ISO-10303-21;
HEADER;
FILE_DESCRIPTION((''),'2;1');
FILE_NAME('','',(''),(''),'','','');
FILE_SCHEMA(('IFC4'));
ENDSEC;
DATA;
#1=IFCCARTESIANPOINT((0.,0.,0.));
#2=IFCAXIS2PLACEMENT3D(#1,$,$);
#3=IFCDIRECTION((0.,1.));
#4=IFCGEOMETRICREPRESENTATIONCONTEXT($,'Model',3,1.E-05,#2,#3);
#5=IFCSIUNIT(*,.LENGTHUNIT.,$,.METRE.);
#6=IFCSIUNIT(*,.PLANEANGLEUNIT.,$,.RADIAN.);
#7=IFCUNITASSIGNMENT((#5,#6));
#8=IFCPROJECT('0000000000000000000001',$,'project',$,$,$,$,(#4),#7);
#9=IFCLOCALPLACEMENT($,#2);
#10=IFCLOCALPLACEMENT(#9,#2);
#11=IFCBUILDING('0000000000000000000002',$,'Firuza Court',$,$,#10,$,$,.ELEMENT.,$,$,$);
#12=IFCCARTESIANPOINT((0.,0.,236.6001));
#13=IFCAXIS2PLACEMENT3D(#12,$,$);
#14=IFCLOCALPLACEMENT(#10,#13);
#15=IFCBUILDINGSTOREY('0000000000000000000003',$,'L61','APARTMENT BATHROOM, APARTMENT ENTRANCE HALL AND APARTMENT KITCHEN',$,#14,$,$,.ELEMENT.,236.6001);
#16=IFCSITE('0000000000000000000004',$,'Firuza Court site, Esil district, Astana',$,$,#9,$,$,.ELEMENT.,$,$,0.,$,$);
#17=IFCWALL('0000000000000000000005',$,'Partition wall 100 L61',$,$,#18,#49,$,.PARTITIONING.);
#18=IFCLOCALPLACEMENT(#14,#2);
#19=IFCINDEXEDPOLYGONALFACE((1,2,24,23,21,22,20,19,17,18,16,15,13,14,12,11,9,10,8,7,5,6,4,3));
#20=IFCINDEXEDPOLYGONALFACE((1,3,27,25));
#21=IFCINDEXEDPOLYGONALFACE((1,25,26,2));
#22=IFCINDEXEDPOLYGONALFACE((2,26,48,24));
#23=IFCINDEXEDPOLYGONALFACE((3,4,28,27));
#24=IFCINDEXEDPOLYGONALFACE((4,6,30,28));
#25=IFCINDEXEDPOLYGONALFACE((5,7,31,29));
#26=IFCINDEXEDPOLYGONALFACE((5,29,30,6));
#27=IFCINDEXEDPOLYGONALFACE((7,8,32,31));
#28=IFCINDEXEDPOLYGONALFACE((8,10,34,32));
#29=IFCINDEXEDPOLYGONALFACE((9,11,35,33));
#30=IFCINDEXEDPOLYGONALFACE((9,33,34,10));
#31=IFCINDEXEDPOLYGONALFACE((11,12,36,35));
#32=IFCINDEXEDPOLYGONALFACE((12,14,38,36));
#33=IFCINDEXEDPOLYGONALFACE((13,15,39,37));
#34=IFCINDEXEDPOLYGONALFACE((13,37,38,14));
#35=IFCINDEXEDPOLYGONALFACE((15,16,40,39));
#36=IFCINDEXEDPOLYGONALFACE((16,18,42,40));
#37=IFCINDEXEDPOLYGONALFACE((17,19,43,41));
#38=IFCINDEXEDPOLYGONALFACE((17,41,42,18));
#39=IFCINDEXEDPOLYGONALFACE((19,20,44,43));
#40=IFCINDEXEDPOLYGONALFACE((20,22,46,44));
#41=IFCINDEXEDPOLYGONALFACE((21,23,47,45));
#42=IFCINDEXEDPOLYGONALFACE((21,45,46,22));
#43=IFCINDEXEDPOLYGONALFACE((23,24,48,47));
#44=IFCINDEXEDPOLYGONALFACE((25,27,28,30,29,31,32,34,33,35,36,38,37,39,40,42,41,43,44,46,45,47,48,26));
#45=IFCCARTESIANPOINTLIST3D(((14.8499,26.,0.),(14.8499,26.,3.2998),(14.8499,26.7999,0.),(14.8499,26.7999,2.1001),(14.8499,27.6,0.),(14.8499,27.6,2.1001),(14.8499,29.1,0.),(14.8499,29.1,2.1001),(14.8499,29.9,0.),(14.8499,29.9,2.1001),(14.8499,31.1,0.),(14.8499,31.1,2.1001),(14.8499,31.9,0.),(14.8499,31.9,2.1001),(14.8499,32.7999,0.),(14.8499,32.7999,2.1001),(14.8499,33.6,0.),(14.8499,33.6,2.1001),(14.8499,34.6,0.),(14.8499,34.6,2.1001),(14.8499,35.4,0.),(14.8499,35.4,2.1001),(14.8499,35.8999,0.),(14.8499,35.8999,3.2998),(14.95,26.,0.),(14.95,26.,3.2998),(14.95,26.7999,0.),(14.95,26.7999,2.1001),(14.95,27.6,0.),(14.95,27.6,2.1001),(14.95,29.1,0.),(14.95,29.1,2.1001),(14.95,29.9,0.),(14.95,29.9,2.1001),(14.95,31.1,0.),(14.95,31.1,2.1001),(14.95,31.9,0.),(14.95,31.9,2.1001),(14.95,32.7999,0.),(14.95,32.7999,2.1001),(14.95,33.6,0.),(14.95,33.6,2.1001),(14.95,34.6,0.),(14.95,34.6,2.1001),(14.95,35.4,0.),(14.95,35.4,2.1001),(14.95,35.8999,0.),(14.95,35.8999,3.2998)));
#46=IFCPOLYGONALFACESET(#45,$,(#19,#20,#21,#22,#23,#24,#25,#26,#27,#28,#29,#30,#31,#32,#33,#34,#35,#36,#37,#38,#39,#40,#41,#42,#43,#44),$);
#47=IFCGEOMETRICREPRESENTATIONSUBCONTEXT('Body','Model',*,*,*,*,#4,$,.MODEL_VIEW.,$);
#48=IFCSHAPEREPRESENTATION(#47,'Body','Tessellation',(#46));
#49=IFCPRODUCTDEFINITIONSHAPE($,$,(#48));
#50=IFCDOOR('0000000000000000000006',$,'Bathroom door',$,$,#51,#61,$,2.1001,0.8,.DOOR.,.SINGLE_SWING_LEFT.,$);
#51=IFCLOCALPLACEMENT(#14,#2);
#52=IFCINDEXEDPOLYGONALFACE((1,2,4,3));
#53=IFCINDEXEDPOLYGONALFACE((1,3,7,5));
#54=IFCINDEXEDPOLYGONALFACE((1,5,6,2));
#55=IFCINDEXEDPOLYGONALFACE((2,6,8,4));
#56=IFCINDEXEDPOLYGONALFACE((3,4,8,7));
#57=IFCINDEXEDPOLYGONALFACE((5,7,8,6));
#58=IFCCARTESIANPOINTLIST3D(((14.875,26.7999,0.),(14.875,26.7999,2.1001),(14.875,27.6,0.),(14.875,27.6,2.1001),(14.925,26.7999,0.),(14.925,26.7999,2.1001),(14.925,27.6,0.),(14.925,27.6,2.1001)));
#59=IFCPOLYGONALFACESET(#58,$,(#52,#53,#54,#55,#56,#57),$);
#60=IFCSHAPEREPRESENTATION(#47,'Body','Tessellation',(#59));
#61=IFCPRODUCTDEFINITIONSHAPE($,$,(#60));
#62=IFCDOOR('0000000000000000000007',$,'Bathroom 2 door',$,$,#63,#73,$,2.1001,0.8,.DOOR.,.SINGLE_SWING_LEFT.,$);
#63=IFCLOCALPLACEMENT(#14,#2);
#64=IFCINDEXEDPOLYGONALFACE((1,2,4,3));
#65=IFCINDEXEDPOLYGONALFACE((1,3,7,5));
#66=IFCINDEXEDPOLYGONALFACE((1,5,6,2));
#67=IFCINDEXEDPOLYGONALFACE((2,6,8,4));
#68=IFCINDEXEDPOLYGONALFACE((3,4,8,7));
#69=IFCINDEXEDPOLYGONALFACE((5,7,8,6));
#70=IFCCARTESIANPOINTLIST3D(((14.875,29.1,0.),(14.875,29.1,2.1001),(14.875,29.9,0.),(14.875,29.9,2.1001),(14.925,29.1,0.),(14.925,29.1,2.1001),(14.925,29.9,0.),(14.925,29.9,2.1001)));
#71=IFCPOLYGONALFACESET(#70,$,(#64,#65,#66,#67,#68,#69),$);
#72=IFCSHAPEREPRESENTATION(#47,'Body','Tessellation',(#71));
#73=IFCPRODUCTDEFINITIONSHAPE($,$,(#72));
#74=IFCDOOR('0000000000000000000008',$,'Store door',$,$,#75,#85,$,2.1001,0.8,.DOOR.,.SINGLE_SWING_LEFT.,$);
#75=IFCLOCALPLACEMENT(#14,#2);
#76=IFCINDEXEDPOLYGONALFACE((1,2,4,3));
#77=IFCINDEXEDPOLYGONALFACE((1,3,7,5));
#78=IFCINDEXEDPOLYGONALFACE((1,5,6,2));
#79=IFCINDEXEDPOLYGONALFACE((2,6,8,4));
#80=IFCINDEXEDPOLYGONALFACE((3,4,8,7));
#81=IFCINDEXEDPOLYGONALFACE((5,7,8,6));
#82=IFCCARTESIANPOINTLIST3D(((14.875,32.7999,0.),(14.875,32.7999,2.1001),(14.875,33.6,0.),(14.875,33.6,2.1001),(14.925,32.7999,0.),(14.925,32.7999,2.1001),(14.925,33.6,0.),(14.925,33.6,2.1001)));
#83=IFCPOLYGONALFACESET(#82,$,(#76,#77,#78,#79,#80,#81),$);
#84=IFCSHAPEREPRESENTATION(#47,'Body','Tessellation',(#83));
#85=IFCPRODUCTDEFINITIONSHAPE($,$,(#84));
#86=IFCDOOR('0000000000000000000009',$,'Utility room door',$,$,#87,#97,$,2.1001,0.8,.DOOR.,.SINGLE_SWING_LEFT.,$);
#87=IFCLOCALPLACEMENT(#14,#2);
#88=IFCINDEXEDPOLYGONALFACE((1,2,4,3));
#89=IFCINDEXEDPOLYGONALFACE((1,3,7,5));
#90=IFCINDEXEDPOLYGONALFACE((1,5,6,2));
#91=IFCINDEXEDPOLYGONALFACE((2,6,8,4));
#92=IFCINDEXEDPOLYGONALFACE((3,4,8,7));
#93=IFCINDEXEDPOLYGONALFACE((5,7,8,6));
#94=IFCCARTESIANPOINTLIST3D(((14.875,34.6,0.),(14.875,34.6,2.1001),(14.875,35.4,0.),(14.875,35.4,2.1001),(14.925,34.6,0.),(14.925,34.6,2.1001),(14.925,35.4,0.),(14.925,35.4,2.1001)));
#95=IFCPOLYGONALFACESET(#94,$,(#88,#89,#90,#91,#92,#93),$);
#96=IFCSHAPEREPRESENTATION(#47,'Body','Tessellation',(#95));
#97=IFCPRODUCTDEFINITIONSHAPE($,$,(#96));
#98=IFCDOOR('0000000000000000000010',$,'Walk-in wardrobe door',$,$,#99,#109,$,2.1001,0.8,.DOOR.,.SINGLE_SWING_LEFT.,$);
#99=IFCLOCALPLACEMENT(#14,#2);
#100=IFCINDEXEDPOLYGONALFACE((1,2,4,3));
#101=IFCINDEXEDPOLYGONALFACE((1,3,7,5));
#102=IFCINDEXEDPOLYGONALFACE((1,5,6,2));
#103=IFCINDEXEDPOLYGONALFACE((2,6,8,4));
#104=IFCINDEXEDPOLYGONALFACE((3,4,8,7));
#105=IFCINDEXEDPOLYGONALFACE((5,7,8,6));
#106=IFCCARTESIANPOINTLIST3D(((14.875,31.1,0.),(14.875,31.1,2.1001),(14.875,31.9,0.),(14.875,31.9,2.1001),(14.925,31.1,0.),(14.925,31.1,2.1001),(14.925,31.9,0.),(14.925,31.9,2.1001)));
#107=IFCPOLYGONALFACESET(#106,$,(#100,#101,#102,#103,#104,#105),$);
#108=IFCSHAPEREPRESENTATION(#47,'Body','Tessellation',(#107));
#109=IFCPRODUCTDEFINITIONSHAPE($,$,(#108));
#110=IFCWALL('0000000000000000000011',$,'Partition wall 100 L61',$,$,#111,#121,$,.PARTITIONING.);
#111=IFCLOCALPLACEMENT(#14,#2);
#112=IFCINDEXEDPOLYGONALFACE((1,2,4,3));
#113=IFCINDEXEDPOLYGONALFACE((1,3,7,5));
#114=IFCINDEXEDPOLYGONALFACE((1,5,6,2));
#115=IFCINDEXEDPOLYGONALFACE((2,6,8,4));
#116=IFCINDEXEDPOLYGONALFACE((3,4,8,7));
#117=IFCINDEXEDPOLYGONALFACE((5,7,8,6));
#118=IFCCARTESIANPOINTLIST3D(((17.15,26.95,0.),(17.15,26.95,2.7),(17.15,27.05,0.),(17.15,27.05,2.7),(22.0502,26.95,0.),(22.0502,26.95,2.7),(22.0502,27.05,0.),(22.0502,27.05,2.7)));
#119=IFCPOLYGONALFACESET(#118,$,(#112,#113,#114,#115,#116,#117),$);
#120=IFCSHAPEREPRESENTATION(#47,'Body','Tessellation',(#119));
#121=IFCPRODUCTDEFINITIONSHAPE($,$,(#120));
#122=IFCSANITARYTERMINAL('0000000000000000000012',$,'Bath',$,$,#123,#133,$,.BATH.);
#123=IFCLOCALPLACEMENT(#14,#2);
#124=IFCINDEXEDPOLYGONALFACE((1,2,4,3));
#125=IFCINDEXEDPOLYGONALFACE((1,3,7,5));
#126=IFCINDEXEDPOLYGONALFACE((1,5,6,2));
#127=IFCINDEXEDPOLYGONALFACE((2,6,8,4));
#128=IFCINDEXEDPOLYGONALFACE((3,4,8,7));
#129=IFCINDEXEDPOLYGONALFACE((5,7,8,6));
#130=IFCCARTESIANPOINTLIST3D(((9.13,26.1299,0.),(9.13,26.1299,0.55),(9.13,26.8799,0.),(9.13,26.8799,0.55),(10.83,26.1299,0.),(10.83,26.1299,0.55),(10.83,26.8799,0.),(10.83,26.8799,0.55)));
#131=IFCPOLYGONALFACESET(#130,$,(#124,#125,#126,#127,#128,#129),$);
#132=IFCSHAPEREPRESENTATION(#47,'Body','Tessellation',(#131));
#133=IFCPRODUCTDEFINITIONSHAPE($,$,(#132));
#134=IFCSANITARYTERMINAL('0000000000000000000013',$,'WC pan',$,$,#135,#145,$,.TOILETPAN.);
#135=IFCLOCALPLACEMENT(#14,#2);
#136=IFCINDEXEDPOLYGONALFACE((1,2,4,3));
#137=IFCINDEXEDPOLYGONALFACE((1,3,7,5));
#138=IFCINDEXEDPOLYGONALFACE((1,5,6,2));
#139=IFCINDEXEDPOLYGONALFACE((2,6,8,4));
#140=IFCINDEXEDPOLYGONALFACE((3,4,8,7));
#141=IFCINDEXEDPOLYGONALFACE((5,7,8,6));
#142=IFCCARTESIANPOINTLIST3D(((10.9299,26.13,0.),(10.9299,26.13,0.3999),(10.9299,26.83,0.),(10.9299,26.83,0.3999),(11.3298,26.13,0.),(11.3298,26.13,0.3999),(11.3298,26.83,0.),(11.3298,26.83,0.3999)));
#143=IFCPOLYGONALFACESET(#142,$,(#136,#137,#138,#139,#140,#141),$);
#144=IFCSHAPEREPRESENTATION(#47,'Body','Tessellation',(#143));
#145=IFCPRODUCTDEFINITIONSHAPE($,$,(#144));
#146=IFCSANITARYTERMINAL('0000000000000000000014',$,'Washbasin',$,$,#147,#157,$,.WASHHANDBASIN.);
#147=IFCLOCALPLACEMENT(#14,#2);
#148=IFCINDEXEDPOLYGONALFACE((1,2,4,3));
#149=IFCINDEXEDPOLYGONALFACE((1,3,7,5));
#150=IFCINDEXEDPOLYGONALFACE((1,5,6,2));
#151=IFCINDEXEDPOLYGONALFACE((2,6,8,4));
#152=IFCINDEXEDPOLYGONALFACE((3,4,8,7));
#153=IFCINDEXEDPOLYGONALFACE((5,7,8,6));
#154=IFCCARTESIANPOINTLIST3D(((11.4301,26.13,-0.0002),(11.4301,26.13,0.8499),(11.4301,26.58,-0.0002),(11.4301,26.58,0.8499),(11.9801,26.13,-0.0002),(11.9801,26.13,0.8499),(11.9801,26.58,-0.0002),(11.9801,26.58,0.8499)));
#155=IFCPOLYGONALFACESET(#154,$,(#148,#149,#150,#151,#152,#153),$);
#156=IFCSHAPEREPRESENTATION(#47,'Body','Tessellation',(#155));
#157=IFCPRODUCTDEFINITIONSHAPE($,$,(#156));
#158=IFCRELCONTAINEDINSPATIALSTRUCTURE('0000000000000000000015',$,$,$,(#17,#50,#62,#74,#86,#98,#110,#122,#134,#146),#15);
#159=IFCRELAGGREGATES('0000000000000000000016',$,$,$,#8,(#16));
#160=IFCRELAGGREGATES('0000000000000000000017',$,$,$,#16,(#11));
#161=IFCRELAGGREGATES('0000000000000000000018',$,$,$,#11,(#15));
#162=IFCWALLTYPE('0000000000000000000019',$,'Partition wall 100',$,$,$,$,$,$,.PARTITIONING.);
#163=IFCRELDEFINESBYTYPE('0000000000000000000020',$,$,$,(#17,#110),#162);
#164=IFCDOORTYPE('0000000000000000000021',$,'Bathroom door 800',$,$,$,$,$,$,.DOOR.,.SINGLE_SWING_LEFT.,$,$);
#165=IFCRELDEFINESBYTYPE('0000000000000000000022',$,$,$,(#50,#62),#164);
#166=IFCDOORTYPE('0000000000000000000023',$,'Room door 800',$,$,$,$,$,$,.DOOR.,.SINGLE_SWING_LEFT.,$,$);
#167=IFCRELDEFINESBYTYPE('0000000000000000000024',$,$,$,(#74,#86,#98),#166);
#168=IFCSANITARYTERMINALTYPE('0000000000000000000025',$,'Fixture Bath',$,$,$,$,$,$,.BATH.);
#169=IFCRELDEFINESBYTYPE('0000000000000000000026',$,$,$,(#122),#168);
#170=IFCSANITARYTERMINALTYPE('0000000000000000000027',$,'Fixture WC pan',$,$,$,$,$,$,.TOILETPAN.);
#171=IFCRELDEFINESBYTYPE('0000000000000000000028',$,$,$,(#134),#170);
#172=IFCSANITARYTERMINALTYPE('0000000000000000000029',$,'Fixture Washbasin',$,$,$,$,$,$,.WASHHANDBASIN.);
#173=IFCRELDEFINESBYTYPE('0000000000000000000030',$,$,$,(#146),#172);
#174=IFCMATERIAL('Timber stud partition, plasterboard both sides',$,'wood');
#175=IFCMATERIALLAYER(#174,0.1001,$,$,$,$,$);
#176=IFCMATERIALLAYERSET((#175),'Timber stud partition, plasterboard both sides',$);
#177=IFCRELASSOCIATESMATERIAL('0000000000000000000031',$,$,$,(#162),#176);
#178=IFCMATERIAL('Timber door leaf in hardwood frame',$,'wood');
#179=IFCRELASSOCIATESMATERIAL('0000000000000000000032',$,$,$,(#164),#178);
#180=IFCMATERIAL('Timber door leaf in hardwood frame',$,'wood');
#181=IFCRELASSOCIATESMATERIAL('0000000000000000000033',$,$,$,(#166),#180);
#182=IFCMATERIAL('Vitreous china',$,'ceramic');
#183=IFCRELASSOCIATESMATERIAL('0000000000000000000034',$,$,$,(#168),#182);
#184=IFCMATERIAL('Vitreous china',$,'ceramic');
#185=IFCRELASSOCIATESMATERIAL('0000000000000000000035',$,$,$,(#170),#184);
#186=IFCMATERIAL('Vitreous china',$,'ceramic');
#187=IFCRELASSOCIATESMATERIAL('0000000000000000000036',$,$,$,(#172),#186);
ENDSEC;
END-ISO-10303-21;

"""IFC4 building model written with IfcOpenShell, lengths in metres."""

from ifc_helpers import new_model, si_unit, direction, frame, frame_2d, origin, origin_2d, place, context, subcontext, project, spatial, rectangle, extrude, material, layer, layer_set, type_object, element, fill, save


model = new_model("IFC4")

# Units and contexts
model_context = context("Model", 3, precision=1e-05, world=origin(), true_north=direction((0.0, 1.0)))
body_context = subcontext(model_context, "Body", "Model", "MODEL_VIEW")
ifc_project = project(units=[si_unit("LENGTHUNIT", "METRE"), si_unit("PLANEANGLEUNIT", "RADIAN")], contexts=[model_context])

# Site, building, storey
site_placement = place(None, origin())
site = spatial("IfcSite", under=ifc_project, at=site_placement, Name="Firuza Court site, Esil district, Astana", CompositionType="ELEMENT", RefElevation=0.0)
building_placement = place(site_placement, origin())
building = spatial("IfcBuilding", under=site, at=building_placement, Name="Firuza Court", CompositionType="ELEMENT")
storey_placement = place(building_placement, frame((0.0, 0.0, 236.6001)))
storey = spatial("IfcBuildingStorey", under=building, at=storey_placement, Name="L61", Description="APARTMENT BATHROOM, APARTMENT ENTRANCE HALL AND APARTMENT KITCHEN", CompositionType="ELEMENT", Elevation=236.6001)

# Shared definitions
ifc_material_1 = material(Name="Timber stud partition, plasterboard both sides", Category="wood")
ifc_layer = layer(ifc_material_1, 0.1001)
ifc_layer_set = layer_set([ifc_layer], Name="Timber stud partition, plasterboard both sides")
wall_type = type_object("IfcWallType", Name="Partition wall 100", PredefinedType="PARTITIONING", material=ifc_layer_set)

# Wall, openings, doors
wall_1_placement = place(storey_placement, frame((14.8999, 26.0, 0.0), z_axis=(0.0, 0.0, 1.0), x_axis=(0.0, 1.0, 0.0)))
wall_1 = element("IfcWall", 1, at=wall_1_placement, inside=storey, type_object=wall_type, Name="Partition wall 100 L61", PredefinedType="PARTITIONING", context=body_context, shape_type="SweptSolid", body=[
    extrude(rectangle(XDim=9.8999, YDim=0.1001, at=frame_2d((4.95, 0.0))), origin(), (0.0, 0.0, 1.0), 3.2998),
])
opening_1_placement = place(wall_1_placement, frame((0.8, 0.0, 0.0)))
opening_1 = element("IfcOpeningElement", 2, at=opening_1_placement, cuts=wall_1, PredefinedType="OPENING", context=body_context, shape_type="SweptSolid", body=[
    extrude(rectangle(XDim=0.8, YDim=2.1001, at=frame_2d((0.3999, 1.05))), frame((0.0, 0.062, 0.0), z_axis=(0.0, -1.0, 0.0), x_axis=(1.0, 0.0, 0.0)), (0.0, 0.0, 1.0), 0.124),
])
opening_2_placement = place(wall_1_placement, frame((3.1001, 0.0, 0.0)))
opening_2 = element("IfcOpeningElement", 3, at=opening_2_placement, cuts=wall_1, PredefinedType="OPENING", context=body_context, shape_type="SweptSolid", body=[
    extrude(rectangle(XDim=0.8, YDim=2.1001, at=frame_2d((0.3999, 1.05))), frame((0.0, 0.062, 0.0), z_axis=(0.0, -1.0, 0.0), x_axis=(1.0, 0.0, 0.0)), (0.0, 0.0, 1.0), 0.124),
])
opening_3_placement = place(wall_1_placement, frame((6.8, 0.0, 0.0)))
opening_3 = element("IfcOpeningElement", 4, at=opening_3_placement, cuts=wall_1, PredefinedType="OPENING", context=body_context, shape_type="SweptSolid", body=[
    extrude(rectangle(XDim=0.8, YDim=2.1001, at=frame_2d((0.3999, 1.05))), frame((0.0, 0.062, 0.0), z_axis=(0.0, -1.0, 0.0), x_axis=(1.0, 0.0, 0.0)), (0.0, 0.0, 1.0), 0.124),
])
opening_4_placement = place(wall_1_placement, frame((8.6001, 0.0, 0.0)))
opening_4 = element("IfcOpeningElement", 5, at=opening_4_placement, cuts=wall_1, PredefinedType="OPENING", context=body_context, shape_type="SweptSolid", body=[
    extrude(rectangle(XDim=0.8, YDim=2.1001, at=frame_2d((0.3999, 1.05))), frame((0.0, 0.062, 0.0), z_axis=(0.0, -1.0, 0.0), x_axis=(1.0, 0.0, 0.0)), (0.0, 0.0, 1.0), 0.124),
])
opening_5_placement = place(wall_1_placement, frame((5.1001, 0.0, 0.0)))
opening_5 = element("IfcOpeningElement", 6, at=opening_5_placement, cuts=wall_1, PredefinedType="OPENING", context=body_context, shape_type="SweptSolid", body=[
    extrude(rectangle(XDim=0.8, YDim=2.1001, at=frame_2d((0.3999, 1.05))), frame((0.0, 0.062, 0.0), z_axis=(0.0, -1.0, 0.0), x_axis=(1.0, 0.0, 0.0)), (0.0, 0.0, 1.0), 0.124),
])
ifc_material_2 = material(Name="Timber door leaf in hardwood frame", Category="wood")
door_type_1 = type_object("IfcDoorType", Name="Bathroom door 800", OperationType="SINGLE_SWING_LEFT", PredefinedType="DOOR", material=ifc_material_2)
door_1_placement = place(opening_1_placement, origin())
door_1 = element("IfcDoor", 7, at=door_1_placement, inside=storey, type_object=door_type_1, Name="Bathroom door", OperationType="SINGLE_SWING_LEFT", OverallHeight=2.1001, OverallWidth=0.8, PredefinedType="DOOR", context=body_context, shape_type="SweptSolid", body=[
    extrude(rectangle(XDim=0.8, YDim=2.1001, at=frame_2d((0.3999, 1.05))), frame((0.0, 0.0249, 0.0), z_axis=(0.0, -1.0, 0.0), x_axis=(1.0, 0.0, 0.0)), (0.0, 0.0, 1.0), 0.05),
])
fill(opening_1, door_1)
door_2_placement = place(opening_2_placement, origin())
door_2 = element("IfcDoor", 8, at=door_2_placement, inside=storey, type_object=door_type_1, Name="Bathroom 2 door", OperationType="SINGLE_SWING_LEFT", OverallHeight=2.1001, OverallWidth=0.8, PredefinedType="DOOR", context=body_context, shape_type="SweptSolid", body=[
    extrude(rectangle(XDim=0.8, YDim=2.1001, at=frame_2d((0.3999, 1.05))), frame((0.0, 0.0249, 0.0), z_axis=(0.0, -1.0, 0.0), x_axis=(1.0, 0.0, 0.0)), (0.0, 0.0, 1.0), 0.05),
])
fill(opening_2, door_2)
ifc_material_3 = material(Name="Timber door leaf in hardwood frame", Category="wood")
door_type_2 = type_object("IfcDoorType", Name="Room door 800", OperationType="SINGLE_SWING_LEFT", PredefinedType="DOOR", material=ifc_material_3)
door_3_placement = place(opening_3_placement, origin())
door_3 = element("IfcDoor", 9, at=door_3_placement, inside=storey, type_object=door_type_2, Name="Store door", OperationType="SINGLE_SWING_LEFT", OverallHeight=2.1001, OverallWidth=0.8, PredefinedType="DOOR", context=body_context, shape_type="SweptSolid", body=[
    extrude(rectangle(XDim=0.8, YDim=2.1001, at=frame_2d((0.3999, 1.05))), frame((0.0, 0.0249, 0.0), z_axis=(0.0, -1.0, 0.0), x_axis=(1.0, 0.0, 0.0)), (0.0, 0.0, 1.0), 0.05),
])
fill(opening_3, door_3)
door_4_placement = place(opening_4_placement, origin())
door_4 = element("IfcDoor", 10, at=door_4_placement, inside=storey, type_object=door_type_2, Name="Utility room door", OperationType="SINGLE_SWING_LEFT", OverallHeight=2.1001, OverallWidth=0.8, PredefinedType="DOOR", context=body_context, shape_type="SweptSolid", body=[
    extrude(rectangle(XDim=0.8, YDim=2.1001, at=frame_2d((0.3999, 1.05))), frame((0.0, 0.0249, 0.0), z_axis=(0.0, -1.0, 0.0), x_axis=(1.0, 0.0, 0.0)), (0.0, 0.0, 1.0), 0.05),
])
fill(opening_4, door_4)
door_5_placement = place(opening_5_placement, origin())
door_5 = element("IfcDoor", 11, at=door_5_placement, inside=storey, type_object=door_type_2, Name="Walk-in wardrobe door", OperationType="SINGLE_SWING_LEFT", OverallHeight=2.1001, OverallWidth=0.8, PredefinedType="DOOR", context=body_context, shape_type="SweptSolid", body=[
    extrude(rectangle(XDim=0.8, YDim=2.1001, at=frame_2d((0.3999, 1.05))), frame((0.0, 0.0249, 0.0), z_axis=(0.0, -1.0, 0.0), x_axis=(1.0, 0.0, 0.0)), (0.0, 0.0, 1.0), 0.05),
])
fill(opening_5, door_5)

# Wall
wall_2_placement = place(storey_placement, frame((17.1499, 27.0, 0.0), z_axis=(0.0, 0.0, 1.0), x_axis=(1.0, 0.0, 0.0)))
element("IfcWall", 12, at=wall_2_placement, inside=storey, type_object=wall_type, Name="Partition wall 100 L61", PredefinedType="PARTITIONING", context=body_context, shape_type="SweptSolid", body=[
    extrude(rectangle(XDim=4.9001, YDim=0.1001, at=frame_2d((2.4502, 0.0))), origin(), (0.0, 0.0, 1.0), 2.7),
])

# Sanitary terminals
ifc_material_4 = material(Name="Vitreous china", Category="ceramic")
sanitary_terminal_type_1 = type_object("IfcSanitaryTerminalType", Name="Fixture Bath", PredefinedType="BATH", material=ifc_material_4)
sanitary_terminal_1_placement = place(storey_placement, frame((9.98, 26.5049, 0.0), z_axis=(0.0, 0.0, 1.0), x_axis=(1.0, 0.0, 0.0)))
element("IfcSanitaryTerminal", 13, at=sanitary_terminal_1_placement, inside=storey, type_object=sanitary_terminal_type_1, Name="Bath", PredefinedType="BATH", context=body_context, shape_type="SweptSolid", body=[
    extrude(rectangle(XDim=1.7, YDim=0.75, at=origin_2d()), origin(), (0.0, 0.0, 1.0), 0.55),
])
ifc_material_5 = material(Name="Vitreous china", Category="ceramic")
sanitary_terminal_type_2 = type_object("IfcSanitaryTerminalType", Name="Fixture WC pan", PredefinedType="TOILETPAN", material=ifc_material_5)
sanitary_terminal_2_placement = place(storey_placement, frame((11.1299, 26.48, 0.0), z_axis=(0.0, 0.0, 1.0), x_axis=(1.0, 0.0, 0.0)))
element("IfcSanitaryTerminal", 14, at=sanitary_terminal_2_placement, inside=storey, type_object=sanitary_terminal_type_2, Name="WC pan", PredefinedType="TOILETPAN", context=body_context, shape_type="SweptSolid", body=[
    extrude(rectangle(XDim=0.3999, YDim=0.7, at=origin_2d()), origin(), (0.0, 0.0, 1.0), 0.3999),
])
ifc_material_6 = material(Name="Vitreous china", Category="ceramic")
sanitary_terminal_type_3 = type_object("IfcSanitaryTerminalType", Name="Fixture Washbasin", PredefinedType="WASHHANDBASIN", material=ifc_material_6)
sanitary_terminal_3_placement = place(storey_placement, frame((11.7051, 26.355, -0.0002), z_axis=(0.0, 0.0, 1.0), x_axis=(1.0, 0.0, 0.0)))
element("IfcSanitaryTerminal", 15, at=sanitary_terminal_3_placement, inside=storey, type_object=sanitary_terminal_type_3, Name="Washbasin", PredefinedType="WASHHANDBASIN", context=body_context, shape_type="SweptSolid", body=[
    extrude(rectangle(XDim=0.55, YDim=0.45, at=origin_2d()), origin(), (0.0, 0.0, 1.0), 0.8501),
])

save(model, "model.ifc")
